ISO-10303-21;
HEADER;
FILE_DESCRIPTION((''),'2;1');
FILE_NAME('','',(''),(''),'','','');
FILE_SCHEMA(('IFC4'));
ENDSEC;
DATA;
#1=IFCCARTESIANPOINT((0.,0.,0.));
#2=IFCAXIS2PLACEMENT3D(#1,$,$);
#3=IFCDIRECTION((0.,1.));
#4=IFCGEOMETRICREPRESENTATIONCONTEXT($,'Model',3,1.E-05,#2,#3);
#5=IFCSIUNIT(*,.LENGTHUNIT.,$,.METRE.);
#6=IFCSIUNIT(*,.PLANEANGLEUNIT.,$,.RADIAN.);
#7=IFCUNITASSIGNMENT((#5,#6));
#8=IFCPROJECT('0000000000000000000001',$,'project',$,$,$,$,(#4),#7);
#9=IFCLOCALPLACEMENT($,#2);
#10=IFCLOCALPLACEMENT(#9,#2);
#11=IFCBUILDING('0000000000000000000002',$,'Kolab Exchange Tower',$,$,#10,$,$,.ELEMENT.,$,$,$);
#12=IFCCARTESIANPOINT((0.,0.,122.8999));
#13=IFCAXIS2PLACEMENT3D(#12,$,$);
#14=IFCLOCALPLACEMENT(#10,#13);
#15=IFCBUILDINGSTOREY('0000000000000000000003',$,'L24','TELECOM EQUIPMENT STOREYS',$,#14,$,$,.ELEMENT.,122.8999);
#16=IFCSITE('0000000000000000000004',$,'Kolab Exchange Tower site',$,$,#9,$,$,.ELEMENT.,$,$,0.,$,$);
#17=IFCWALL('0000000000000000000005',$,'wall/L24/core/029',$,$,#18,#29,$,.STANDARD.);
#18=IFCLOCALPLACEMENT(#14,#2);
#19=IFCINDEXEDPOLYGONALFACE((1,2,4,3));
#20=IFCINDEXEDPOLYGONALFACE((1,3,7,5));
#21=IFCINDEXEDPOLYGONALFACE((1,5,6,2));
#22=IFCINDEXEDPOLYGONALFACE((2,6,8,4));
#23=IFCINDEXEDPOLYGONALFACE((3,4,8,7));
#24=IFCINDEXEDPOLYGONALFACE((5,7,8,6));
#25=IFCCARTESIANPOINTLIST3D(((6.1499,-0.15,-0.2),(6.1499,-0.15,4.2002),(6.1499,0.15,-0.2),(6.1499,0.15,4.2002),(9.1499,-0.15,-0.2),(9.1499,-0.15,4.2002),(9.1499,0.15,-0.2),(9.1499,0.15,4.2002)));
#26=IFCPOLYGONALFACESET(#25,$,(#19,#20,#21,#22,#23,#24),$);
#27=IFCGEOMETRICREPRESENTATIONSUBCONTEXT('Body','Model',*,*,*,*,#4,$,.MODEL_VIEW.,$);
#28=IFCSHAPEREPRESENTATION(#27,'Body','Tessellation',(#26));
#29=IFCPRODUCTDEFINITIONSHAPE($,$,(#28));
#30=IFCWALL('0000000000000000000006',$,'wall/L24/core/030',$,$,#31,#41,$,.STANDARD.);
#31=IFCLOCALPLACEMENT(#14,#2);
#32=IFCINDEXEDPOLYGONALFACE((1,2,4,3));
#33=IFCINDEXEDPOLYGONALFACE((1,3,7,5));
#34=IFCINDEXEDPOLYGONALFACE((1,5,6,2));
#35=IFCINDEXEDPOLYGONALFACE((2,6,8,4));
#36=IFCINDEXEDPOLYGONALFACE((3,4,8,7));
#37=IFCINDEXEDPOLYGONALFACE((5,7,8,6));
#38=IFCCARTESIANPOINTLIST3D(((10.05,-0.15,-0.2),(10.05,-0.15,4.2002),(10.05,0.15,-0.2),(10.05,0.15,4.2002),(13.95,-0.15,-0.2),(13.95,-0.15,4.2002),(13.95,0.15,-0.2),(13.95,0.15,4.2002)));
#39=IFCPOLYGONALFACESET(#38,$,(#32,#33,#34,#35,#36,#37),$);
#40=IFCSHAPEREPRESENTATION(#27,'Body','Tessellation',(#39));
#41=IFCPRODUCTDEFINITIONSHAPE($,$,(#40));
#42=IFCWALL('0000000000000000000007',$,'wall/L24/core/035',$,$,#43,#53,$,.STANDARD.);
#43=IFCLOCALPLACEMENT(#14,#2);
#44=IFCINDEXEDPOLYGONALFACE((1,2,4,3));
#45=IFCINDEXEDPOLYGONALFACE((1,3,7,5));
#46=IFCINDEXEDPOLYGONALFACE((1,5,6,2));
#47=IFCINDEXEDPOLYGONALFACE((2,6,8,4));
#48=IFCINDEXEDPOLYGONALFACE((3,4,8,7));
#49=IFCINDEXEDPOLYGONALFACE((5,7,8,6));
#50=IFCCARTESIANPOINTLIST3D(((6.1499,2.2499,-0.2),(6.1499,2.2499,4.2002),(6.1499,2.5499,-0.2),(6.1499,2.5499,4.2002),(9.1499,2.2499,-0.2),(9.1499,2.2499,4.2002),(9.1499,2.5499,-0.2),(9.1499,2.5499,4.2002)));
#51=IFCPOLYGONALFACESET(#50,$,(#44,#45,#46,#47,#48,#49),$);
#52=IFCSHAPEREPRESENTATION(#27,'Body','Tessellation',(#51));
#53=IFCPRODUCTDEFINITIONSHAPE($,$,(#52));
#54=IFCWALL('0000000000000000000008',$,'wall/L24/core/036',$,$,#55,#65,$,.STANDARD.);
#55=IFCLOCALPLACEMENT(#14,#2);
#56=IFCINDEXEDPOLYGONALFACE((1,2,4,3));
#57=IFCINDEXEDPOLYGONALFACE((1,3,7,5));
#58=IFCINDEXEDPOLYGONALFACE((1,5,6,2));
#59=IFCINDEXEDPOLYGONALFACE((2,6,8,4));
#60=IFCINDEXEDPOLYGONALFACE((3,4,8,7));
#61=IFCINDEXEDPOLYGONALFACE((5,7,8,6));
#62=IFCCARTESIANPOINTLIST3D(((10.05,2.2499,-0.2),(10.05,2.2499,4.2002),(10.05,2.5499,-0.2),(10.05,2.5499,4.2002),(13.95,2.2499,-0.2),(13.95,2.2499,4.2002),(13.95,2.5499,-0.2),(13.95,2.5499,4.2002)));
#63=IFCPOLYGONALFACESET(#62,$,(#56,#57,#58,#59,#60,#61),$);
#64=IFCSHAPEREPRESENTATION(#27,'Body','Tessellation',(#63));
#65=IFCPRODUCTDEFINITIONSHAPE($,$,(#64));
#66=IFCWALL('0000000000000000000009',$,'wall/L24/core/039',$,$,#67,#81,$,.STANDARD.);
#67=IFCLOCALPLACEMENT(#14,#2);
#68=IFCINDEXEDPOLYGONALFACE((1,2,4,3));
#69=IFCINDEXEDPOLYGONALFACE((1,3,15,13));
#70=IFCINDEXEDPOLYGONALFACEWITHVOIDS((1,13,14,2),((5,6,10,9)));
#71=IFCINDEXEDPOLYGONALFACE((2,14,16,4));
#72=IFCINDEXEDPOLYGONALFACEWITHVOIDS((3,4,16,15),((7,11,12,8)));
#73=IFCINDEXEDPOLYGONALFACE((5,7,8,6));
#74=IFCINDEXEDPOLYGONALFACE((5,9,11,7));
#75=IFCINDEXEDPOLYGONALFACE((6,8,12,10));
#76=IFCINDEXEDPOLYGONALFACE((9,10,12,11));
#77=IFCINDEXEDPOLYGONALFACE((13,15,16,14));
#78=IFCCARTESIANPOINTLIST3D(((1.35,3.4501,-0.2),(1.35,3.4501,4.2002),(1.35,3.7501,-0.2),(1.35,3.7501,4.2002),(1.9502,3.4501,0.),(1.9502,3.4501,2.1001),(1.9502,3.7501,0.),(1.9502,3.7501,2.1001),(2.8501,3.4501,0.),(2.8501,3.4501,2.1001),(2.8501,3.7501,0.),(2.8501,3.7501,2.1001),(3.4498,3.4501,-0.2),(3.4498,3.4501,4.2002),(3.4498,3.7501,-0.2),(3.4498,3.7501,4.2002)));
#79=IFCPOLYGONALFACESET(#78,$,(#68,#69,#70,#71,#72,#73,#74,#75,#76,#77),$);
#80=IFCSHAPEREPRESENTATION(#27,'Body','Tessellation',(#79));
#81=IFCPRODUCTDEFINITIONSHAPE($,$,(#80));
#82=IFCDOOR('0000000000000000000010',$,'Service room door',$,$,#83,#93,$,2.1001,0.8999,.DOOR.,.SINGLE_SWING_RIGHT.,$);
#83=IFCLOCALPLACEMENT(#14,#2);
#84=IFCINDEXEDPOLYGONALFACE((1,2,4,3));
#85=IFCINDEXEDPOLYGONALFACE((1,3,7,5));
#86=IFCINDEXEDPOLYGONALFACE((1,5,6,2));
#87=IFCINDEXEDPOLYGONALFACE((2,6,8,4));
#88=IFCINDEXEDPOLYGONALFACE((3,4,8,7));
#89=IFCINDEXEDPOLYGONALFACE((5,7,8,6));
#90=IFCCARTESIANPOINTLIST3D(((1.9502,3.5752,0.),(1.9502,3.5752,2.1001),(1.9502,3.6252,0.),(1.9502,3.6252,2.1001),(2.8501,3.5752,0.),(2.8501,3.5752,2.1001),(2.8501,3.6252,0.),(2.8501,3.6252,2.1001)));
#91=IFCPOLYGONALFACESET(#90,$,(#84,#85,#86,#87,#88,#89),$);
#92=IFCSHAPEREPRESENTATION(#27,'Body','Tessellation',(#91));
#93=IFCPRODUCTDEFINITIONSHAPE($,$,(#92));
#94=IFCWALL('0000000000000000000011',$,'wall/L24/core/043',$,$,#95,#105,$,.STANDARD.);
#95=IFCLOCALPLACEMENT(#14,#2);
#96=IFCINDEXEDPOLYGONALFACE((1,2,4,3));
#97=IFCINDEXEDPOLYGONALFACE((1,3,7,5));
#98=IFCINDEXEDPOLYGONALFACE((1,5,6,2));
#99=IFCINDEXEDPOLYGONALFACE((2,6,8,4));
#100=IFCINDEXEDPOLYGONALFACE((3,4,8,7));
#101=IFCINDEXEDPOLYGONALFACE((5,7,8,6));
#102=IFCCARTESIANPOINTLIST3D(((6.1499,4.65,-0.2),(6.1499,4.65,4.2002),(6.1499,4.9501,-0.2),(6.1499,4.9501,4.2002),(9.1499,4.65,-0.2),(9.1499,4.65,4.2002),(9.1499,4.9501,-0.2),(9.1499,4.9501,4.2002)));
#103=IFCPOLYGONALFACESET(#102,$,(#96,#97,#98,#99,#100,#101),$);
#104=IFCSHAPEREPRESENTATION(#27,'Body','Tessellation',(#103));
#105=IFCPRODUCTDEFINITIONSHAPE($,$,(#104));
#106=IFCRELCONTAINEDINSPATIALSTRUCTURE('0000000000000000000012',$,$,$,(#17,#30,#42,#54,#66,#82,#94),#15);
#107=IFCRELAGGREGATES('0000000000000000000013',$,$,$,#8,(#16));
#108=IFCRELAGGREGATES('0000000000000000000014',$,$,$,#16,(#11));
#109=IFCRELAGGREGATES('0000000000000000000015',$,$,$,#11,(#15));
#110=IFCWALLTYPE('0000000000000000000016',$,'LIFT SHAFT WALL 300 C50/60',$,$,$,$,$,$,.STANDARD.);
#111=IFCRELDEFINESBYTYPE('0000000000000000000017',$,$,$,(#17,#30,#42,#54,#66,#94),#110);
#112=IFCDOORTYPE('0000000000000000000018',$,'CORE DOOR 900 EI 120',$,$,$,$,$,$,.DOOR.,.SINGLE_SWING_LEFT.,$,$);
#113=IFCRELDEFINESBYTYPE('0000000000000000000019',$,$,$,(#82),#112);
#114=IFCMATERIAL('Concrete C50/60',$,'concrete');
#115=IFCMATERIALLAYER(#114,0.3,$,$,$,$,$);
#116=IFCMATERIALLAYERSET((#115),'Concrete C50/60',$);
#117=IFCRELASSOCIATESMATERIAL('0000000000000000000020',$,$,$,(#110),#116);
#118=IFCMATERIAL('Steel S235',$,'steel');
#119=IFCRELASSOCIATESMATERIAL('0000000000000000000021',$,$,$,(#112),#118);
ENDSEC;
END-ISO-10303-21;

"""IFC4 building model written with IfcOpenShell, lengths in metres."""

from ifc_helpers import new_model, si_unit, direction, frame, frame_2d, origin, place, context, subcontext, project, spatial, rectangle, extrude, material, layer, layer_set, type_object, element, fill, save


model = new_model("IFC4")

# Units and contexts
model_context = context("Model", 3, precision=1e-05, world=origin(), true_north=direction((0.0, 1.0)))
body_context = subcontext(model_context, "Body", "Model", "MODEL_VIEW")
ifc_project = project(units=[si_unit("LENGTHUNIT", "METRE"), si_unit("PLANEANGLEUNIT", "RADIAN")], contexts=[model_context])

# Site, building, storey
site_placement = place(None, origin())
site = spatial("IfcSite", under=ifc_project, at=site_placement, Name="Kolab Exchange Tower site", CompositionType="ELEMENT", RefElevation=0.0)
building_placement = place(site_placement, origin())
building = spatial("IfcBuilding", under=site, at=building_placement, Name="Kolab Exchange Tower", CompositionType="ELEMENT")
storey_placement = place(building_placement, frame((0.0, 0.0, 122.8999)))
storey = spatial("IfcBuildingStorey", under=building, at=storey_placement, Name="L24", Description="TELECOM EQUIPMENT STOREYS", CompositionType="ELEMENT", Elevation=122.8999)

# Shared definitions
ifc_material_1 = material(Name="Concrete C50/60", Category="concrete")

# Walls
ifc_layer_1 = layer(ifc_material_1, 0.3)
ifc_layer_set_1 = layer_set([ifc_layer_1], Name="Concrete C50/60")
wall_type = type_object("IfcWallType", Name="LIFT SHAFT WALL 300 C50/60", PredefinedType="STANDARD", material=ifc_layer_set_1)
wall_1_placement = place(storey_placement, frame((6.1499, 0.0, -0.2), z_axis=(0.0, 0.0, 1.0), x_axis=(1.0, 0.0, 0.0)))
element("IfcWall", 1, at=wall_1_placement, inside=storey, type_object=wall_type, Name="wall/L24/core/029", PredefinedType="STANDARD", context=body_context, shape_type="SweptSolid", body=[
    extrude(rectangle(XDim=3.0, YDim=0.3, at=frame_2d((1.5, 0.0))), origin(), (0.0, 0.0, 1.0), 4.4001),
])
wall_2_placement = place(storey_placement, frame((10.05, 0.0, -0.2), z_axis=(0.0, 0.0, 1.0), x_axis=(1.0, 0.0, 0.0)))
element("IfcWall", 2, at=wall_2_placement, inside=storey, type_object=wall_type, Name="wall/L24/core/030", PredefinedType="STANDARD", context=body_context, shape_type="SweptSolid", body=[
    extrude(rectangle(XDim=3.8999, YDim=0.3, at=frame_2d((1.95, 0.0))), origin(), (0.0, 0.0, 1.0), 4.4001),
])
wall_3_placement = place(storey_placement, frame((6.1499, 2.3999, -0.2), z_axis=(0.0, 0.0, 1.0), x_axis=(1.0, 0.0, 0.0)))
element("IfcWall", 3, at=wall_3_placement, inside=storey, type_object=wall_type, Name="wall/L24/core/035", PredefinedType="STANDARD", context=body_context, shape_type="SweptSolid", body=[
    extrude(rectangle(XDim=3.0, YDim=0.3, at=frame_2d((1.5, 0.0))), origin(), (0.0, 0.0, 1.0), 4.4001),
])
wall_4_placement = place(storey_placement, frame((10.05, 2.3999, -0.2), z_axis=(0.0, 0.0, 1.0), x_axis=(1.0, 0.0, 0.0)))
element("IfcWall", 4, at=wall_4_placement, inside=storey, type_object=wall_type, Name="wall/L24/core/036", PredefinedType="STANDARD", context=body_context, shape_type="SweptSolid", body=[
    extrude(rectangle(XDim=3.8999, YDim=0.3, at=frame_2d((1.95, 0.0))), origin(), (0.0, 0.0, 1.0), 4.4001),
])

# Wall, opening, door
wall_5_placement = place(storey_placement, frame((1.3501, 3.6001, -0.2), z_axis=(0.0, 0.0, 1.0), x_axis=(1.0, 0.0, 0.0)))
wall_5 = element("IfcWall", 5, at=wall_5_placement, inside=storey, type_object=wall_type, Name="wall/L24/core/039", PredefinedType="STANDARD", context=body_context, shape_type="SweptSolid", body=[
    extrude(rectangle(XDim=2.0999, YDim=0.3, at=frame_2d((1.0498, 0.0))), origin(), (0.0, 0.0, 1.0), 4.4001),
])
opening_placement = place(wall_5_placement, frame((0.6001, 0.0, 0.2)))
opening = element("IfcOpeningElement", 6, at=opening_placement, cuts=wall_5, PredefinedType="OPENING", context=body_context, shape_type="SweptSolid", body=[
    extrude(rectangle(XDim=0.8999, YDim=2.1001, at=frame_2d((0.45, 1.05))), frame((0.0, 0.1602, 0.0), z_axis=(0.0, -1.0, 0.0), x_axis=(1.0, 0.0, 0.0)), (0.0, 0.0, 1.0), 0.3201),
])
ifc_material_2 = material(Name="Steel S235", Category="steel")
door_type = type_object("IfcDoorType", Name="CORE DOOR 900 EI 120", OperationType="SINGLE_SWING_LEFT", PredefinedType="DOOR", material=ifc_material_2)
door_placement = place(opening_placement, frame((0.8999, 0.0, 0.0), z_axis=(0.0, 0.0, 1.0), x_axis=(-1.0, 0.0, 0.0)))
door = element("IfcDoor", 7, at=door_placement, inside=storey, type_object=door_type, Name="Service room door", OperationType="SINGLE_SWING_RIGHT", OverallHeight=2.1001, OverallWidth=0.8999, PredefinedType="DOOR", context=body_context, shape_type="SweptSolid", body=[
    extrude(rectangle(XDim=0.8999, YDim=2.1001, at=frame_2d((0.45, 1.05))), frame((0.0, 0.0249, 0.0), z_axis=(0.0, -1.0, 0.0), x_axis=(1.0, 0.0, 0.0)), (0.0, 0.0, 1.0), 0.05),
])
fill(opening, door)

# Wall
wall_6_placement = place(storey_placement, frame((6.1499, 4.8, -0.2), z_axis=(0.0, 0.0, 1.0), x_axis=(1.0, 0.0, 0.0)))
element("IfcWall", 8, at=wall_6_placement, inside=storey, type_object=wall_type, Name="wall/L24/core/043", PredefinedType="STANDARD", context=body_context, shape_type="SweptSolid", body=[
    extrude(rectangle(XDim=3.0, YDim=0.3, at=frame_2d((1.5, 0.0))), origin(), (0.0, 0.0, 1.0), 4.4001),
])

save(model, "model.ifc")
